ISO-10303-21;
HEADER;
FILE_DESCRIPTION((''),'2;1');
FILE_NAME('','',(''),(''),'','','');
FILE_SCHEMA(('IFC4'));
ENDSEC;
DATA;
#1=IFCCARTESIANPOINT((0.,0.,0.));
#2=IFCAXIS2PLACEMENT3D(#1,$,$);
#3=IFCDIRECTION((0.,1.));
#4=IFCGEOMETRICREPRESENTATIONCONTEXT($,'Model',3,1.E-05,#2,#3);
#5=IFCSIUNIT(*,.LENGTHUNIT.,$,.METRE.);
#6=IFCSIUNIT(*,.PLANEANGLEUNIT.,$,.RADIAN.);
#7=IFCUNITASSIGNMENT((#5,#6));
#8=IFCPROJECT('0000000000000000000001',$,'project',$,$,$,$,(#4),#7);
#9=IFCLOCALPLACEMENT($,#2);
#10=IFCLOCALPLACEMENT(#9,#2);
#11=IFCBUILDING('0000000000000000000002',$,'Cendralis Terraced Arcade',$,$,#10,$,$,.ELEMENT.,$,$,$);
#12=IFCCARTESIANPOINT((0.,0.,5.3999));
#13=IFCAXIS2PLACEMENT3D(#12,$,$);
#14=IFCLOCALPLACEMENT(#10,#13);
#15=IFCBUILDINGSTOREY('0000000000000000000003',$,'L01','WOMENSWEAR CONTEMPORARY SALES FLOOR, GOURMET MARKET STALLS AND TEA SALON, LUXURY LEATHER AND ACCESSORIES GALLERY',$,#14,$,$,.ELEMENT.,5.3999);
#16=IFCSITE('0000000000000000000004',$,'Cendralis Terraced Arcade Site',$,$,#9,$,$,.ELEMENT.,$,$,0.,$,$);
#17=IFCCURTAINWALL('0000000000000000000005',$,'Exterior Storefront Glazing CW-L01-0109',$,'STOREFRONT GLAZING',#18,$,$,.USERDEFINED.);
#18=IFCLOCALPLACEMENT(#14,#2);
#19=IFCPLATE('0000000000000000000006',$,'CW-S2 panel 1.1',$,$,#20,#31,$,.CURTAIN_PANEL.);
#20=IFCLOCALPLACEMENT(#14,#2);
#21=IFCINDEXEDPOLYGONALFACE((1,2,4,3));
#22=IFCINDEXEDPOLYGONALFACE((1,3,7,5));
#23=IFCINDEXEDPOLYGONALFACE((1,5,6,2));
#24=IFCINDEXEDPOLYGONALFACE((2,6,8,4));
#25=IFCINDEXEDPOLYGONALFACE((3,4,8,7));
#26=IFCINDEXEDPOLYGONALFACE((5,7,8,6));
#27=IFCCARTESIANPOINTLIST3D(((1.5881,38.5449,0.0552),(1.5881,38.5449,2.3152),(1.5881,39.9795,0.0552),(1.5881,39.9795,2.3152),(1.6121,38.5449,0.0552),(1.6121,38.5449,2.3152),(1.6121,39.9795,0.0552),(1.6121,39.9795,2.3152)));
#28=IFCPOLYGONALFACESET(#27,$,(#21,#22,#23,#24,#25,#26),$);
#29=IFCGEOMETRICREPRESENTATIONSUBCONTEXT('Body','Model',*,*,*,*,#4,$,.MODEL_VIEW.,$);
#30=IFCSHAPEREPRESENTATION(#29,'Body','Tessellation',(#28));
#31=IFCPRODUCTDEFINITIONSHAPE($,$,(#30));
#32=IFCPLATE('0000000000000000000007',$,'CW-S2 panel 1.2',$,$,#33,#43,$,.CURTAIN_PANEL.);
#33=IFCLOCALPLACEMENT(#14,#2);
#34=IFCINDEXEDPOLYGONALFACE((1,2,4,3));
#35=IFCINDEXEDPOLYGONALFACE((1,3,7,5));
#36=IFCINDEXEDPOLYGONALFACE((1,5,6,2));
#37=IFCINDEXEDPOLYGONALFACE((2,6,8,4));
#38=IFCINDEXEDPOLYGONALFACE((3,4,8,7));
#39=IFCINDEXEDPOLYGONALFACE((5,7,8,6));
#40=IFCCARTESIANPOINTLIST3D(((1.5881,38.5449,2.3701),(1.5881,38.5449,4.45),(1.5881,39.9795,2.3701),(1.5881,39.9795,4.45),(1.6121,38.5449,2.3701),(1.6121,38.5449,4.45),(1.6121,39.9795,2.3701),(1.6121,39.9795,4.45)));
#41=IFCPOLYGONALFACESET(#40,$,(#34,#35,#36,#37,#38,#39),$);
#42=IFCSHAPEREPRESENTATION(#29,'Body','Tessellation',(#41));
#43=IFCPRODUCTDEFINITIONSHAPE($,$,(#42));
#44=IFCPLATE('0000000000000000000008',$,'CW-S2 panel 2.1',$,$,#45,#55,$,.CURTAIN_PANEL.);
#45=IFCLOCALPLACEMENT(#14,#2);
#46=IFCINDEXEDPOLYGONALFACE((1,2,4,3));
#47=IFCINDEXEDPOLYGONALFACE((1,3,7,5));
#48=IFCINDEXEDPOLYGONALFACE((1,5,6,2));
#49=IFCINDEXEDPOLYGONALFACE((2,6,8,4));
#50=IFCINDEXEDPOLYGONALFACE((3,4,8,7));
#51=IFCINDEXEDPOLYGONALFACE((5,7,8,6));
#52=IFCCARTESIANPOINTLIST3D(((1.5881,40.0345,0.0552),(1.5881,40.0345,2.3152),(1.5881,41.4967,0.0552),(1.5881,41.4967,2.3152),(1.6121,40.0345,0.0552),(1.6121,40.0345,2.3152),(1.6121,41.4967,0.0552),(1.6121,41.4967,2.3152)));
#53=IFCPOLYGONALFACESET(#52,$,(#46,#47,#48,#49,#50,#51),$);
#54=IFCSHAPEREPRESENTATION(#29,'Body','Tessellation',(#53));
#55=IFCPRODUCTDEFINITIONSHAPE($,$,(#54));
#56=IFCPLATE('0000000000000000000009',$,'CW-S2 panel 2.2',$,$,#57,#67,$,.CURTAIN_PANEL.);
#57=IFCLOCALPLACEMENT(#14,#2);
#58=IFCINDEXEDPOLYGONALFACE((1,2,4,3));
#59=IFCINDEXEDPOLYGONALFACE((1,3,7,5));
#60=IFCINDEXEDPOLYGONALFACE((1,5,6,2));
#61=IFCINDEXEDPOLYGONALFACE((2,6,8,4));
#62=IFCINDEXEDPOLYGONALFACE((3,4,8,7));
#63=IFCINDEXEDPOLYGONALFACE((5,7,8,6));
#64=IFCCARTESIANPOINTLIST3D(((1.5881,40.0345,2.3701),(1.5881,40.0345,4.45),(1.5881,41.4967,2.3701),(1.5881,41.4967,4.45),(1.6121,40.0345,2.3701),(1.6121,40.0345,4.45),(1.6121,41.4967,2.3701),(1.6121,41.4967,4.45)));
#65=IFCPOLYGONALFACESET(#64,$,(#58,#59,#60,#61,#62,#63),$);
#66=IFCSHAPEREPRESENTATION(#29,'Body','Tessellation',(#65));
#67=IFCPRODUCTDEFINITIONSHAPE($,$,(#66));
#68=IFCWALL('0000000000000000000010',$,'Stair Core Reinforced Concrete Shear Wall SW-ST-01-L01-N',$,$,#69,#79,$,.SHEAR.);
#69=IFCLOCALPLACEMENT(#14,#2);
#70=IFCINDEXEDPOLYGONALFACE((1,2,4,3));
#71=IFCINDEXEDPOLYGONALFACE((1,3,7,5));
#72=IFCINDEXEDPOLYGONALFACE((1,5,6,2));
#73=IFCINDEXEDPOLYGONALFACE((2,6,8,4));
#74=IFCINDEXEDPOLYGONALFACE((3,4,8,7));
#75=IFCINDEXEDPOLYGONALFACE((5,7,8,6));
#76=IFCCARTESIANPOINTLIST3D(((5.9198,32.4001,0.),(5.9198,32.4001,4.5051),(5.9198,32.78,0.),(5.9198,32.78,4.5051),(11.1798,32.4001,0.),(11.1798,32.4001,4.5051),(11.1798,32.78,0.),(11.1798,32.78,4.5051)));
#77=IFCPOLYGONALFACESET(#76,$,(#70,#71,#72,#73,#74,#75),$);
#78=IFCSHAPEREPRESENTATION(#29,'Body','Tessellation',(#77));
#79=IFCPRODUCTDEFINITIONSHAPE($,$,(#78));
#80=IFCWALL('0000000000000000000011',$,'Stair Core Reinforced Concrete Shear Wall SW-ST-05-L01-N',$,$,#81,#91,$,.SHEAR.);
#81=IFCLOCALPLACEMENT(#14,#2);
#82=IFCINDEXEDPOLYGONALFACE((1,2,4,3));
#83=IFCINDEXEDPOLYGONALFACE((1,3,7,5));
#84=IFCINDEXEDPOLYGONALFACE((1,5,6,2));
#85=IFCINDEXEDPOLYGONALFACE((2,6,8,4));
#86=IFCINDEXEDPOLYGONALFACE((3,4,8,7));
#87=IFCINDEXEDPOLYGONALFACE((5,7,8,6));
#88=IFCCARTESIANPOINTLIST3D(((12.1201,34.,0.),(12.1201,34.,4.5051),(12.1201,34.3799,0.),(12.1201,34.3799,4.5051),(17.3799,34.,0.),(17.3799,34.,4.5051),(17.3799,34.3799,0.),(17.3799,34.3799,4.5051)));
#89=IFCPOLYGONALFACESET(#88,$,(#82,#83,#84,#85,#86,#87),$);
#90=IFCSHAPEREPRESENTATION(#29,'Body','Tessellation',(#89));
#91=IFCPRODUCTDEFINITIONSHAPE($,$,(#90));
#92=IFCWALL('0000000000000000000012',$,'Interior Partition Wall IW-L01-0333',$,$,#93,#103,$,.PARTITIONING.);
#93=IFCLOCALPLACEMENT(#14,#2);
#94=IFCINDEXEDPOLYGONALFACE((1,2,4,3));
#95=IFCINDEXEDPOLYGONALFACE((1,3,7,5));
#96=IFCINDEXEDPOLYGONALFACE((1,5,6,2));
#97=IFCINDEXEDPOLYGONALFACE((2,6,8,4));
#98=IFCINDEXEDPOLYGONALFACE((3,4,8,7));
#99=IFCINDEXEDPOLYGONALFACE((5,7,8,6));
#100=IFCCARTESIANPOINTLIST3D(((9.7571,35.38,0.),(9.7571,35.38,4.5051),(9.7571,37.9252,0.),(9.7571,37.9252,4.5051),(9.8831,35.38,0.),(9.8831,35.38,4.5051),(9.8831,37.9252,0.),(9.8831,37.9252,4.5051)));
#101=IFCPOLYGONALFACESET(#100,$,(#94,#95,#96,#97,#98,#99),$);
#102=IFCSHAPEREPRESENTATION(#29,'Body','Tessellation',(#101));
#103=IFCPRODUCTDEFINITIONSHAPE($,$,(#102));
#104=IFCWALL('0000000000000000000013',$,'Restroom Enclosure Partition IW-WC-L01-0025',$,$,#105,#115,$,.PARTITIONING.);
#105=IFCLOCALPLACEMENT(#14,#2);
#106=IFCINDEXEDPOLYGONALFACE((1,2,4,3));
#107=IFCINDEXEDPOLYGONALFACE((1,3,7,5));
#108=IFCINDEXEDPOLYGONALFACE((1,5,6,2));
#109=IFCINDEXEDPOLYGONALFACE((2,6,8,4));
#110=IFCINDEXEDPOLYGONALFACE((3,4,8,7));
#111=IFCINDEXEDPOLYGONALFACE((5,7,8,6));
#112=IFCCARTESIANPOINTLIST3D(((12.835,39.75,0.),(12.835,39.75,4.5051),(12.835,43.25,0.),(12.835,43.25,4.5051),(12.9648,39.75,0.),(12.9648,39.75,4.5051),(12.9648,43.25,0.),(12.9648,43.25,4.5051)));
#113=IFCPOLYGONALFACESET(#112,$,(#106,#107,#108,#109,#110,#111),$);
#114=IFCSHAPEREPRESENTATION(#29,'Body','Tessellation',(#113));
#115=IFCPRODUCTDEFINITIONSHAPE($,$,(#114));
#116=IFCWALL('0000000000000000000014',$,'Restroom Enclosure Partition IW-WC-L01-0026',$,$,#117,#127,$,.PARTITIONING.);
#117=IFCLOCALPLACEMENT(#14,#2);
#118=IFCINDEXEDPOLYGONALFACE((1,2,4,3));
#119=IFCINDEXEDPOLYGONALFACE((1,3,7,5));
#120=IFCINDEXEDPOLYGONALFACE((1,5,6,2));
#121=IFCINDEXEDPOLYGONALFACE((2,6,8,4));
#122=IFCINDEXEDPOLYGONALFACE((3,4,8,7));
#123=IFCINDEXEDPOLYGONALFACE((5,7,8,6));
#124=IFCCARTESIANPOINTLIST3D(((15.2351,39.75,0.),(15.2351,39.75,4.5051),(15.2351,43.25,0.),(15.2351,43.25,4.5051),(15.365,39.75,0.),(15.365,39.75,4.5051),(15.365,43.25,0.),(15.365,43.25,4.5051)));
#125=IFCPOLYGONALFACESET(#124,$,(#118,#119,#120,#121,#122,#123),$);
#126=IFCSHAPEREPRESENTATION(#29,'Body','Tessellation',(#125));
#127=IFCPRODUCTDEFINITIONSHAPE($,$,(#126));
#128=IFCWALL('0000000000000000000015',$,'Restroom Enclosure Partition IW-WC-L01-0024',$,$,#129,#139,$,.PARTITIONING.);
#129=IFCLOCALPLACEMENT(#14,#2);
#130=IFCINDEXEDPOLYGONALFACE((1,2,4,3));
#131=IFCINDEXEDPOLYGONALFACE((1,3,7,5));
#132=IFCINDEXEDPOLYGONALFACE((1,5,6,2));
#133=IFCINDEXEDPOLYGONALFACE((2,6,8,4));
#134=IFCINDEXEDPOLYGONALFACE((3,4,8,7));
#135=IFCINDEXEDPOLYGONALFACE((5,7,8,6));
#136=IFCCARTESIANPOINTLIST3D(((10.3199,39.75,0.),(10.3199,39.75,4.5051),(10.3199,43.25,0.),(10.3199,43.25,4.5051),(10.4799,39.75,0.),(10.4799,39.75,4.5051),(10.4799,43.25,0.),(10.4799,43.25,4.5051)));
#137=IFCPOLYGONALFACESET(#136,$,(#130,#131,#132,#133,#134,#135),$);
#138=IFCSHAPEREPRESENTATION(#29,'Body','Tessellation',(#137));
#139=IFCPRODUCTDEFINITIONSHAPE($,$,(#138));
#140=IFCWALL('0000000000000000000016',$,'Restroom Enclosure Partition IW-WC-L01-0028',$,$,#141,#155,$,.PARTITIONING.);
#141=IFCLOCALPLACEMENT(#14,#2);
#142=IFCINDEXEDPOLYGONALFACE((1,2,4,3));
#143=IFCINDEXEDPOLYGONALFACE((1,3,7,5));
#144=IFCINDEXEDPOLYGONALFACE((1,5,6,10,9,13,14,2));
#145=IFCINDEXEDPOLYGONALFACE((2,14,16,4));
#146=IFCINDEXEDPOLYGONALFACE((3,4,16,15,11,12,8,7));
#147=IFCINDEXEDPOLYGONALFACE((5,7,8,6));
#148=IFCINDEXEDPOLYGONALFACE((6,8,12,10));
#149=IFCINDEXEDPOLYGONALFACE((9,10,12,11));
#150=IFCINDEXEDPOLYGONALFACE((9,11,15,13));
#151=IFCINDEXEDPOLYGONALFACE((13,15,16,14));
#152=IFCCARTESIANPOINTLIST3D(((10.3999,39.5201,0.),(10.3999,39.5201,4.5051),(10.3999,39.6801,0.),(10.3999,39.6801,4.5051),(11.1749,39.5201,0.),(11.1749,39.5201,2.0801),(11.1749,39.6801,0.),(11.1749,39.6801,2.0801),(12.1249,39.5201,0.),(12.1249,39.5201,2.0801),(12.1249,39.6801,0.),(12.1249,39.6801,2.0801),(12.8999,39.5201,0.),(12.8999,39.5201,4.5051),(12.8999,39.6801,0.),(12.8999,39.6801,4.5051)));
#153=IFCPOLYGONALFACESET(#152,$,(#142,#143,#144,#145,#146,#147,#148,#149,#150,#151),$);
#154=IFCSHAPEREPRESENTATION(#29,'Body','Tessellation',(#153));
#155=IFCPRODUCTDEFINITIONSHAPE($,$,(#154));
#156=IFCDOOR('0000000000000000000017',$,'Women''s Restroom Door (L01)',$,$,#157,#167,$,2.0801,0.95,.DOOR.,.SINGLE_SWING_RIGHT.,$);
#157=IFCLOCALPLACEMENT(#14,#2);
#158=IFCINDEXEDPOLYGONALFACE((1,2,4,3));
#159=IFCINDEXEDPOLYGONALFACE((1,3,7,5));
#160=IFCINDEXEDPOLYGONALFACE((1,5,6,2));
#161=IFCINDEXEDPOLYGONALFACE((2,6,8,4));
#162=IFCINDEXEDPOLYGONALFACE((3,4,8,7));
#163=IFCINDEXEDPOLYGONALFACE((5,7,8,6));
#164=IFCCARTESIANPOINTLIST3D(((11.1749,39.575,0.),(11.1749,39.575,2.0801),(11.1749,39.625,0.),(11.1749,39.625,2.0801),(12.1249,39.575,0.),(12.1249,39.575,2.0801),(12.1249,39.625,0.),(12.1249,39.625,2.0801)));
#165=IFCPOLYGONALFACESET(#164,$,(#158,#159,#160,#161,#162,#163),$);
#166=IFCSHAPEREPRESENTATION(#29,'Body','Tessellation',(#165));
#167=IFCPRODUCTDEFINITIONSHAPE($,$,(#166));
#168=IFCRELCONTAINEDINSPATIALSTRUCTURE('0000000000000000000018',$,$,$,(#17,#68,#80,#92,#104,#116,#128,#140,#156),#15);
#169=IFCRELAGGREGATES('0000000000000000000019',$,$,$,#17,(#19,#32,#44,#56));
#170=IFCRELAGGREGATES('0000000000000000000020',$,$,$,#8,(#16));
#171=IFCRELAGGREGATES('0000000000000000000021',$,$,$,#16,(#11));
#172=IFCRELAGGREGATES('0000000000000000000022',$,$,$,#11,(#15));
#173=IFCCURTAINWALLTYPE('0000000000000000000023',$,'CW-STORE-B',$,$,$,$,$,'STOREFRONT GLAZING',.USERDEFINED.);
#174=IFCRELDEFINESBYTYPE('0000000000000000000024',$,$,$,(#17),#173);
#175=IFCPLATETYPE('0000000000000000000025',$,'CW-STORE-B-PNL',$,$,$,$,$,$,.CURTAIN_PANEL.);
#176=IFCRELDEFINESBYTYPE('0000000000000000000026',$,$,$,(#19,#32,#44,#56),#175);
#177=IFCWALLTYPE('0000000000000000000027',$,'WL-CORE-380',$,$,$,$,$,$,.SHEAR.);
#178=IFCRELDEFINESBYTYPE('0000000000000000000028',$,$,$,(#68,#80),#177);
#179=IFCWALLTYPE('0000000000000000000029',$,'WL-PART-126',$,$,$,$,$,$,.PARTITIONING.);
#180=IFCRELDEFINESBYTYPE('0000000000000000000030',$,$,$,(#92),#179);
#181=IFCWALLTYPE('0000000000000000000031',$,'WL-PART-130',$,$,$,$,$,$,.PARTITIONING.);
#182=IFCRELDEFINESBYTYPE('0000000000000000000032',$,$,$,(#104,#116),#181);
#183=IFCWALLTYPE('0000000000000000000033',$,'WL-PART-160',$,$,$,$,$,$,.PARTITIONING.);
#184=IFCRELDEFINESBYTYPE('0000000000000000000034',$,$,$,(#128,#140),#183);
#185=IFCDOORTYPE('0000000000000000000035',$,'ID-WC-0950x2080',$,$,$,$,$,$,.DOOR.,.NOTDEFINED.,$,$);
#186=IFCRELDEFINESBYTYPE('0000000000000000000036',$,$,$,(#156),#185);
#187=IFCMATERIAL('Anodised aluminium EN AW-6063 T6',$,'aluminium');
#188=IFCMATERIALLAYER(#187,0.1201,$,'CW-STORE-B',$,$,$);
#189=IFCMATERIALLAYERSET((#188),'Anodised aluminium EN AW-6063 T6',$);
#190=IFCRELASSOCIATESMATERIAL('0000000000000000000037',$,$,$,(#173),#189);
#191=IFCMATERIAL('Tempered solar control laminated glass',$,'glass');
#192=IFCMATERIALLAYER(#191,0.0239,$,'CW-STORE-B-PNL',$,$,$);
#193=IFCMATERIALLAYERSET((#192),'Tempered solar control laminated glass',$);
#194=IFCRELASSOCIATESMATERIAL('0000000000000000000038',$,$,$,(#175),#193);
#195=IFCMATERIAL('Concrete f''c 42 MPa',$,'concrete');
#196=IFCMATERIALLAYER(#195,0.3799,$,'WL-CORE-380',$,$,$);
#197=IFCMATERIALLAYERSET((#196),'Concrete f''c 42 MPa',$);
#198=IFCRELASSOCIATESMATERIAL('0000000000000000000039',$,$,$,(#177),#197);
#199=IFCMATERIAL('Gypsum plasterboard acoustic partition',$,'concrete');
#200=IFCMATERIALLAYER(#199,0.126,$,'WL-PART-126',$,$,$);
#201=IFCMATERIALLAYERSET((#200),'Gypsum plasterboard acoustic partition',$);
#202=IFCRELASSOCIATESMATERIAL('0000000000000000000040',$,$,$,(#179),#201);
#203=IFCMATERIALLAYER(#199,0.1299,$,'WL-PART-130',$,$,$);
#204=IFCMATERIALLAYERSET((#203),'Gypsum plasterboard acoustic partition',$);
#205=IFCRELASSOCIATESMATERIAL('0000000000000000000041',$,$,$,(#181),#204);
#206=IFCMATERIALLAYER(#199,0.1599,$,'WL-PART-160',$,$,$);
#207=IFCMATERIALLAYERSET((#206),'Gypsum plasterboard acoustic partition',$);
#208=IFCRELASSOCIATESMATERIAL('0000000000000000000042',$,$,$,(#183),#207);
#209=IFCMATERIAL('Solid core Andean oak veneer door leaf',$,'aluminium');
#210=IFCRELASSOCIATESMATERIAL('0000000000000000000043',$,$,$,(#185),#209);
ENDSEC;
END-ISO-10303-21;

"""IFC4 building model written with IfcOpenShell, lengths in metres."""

from ifc_helpers import new_model, si_unit, direction, frame, frame_2d, origin, origin_2d, place, context, subcontext, project, spatial, rectangle, extrude, material, layer, layer_set, type_object, element, fill, aggregate, save


model = new_model("IFC4")

# Units and contexts
model_context = context("Model", 3, precision=1e-05, world=origin(), true_north=direction((0.0, 1.0)))
body_context = subcontext(model_context, "Body", "Model", "MODEL_VIEW")
ifc_project = project(units=[si_unit("LENGTHUNIT", "METRE"), si_unit("PLANEANGLEUNIT", "RADIAN")], contexts=[model_context])

# Site, building, storey
site_placement = place(None, origin())
site = spatial("IfcSite", under=ifc_project, at=site_placement, Name="Cendralis Terraced Arcade Site", CompositionType="ELEMENT", RefElevation=0.0)
building_placement = place(site_placement, origin())
building = spatial("IfcBuilding", under=site, at=building_placement, Name="Cendralis Terraced Arcade", CompositionType="ELEMENT")
storey_placement = place(building_placement, frame((0.0, 0.0, 5.3999)))
storey = spatial("IfcBuildingStorey", under=building, at=storey_placement, Name="L01", Description="WOMENSWEAR CONTEMPORARY SALES FLOOR, GOURMET MARKET STALLS AND TEA SALON, LUXURY LEATHER AND ACCESSORIES GALLERY", CompositionType="ELEMENT", Elevation=5.3999)

# Shared definitions
ifc_material_1 = material(Name="Concrete f'c 42 MPa", Category="concrete")

# Curtain wall, plates
ifc_material_2 = material(Name="Anodised aluminium EN AW-6063 T6", Category="aluminium")
ifc_layer_1 = layer(ifc_material_2, 0.1201, Name="CW-STORE-B")
ifc_layer_set_1 = layer_set([ifc_layer_1], Name="Anodised aluminium EN AW-6063 T6")
curtain_wall_type = type_object("IfcCurtainWallType", Name="CW-STORE-B", ElementType="STOREFRONT GLAZING", PredefinedType="USERDEFINED", material=ifc_layer_set_1)
curtain_wall_placement = place(storey_placement, origin())
curtain_wall = element("IfcCurtainWall", 1, at=curtain_wall_placement, inside=storey, type_object=curtain_wall_type, Name="Exterior Storefront Glazing CW-L01-0109", ObjectType="STOREFRONT GLAZING", PredefinedType="USERDEFINED")
ifc_material_3 = material(Name="Tempered solar control laminated glass", Category="glass")
ifc_layer_2 = layer(ifc_material_3, 0.0239, Name="CW-STORE-B-PNL")
ifc_layer_set_2 = layer_set([ifc_layer_2], Name="Tempered solar control laminated glass")
plate_type = type_object("IfcPlateType", Name="CW-STORE-B-PNL", PredefinedType="CURTAIN_PANEL", material=ifc_layer_set_2)
plate_1_placement = place(storey_placement, frame((1.6001, 39.2622, 0.0552), z_axis=(0.0, 0.0, 1.0), x_axis=(0.0, 1.0, 0.0)))
plate_1 = element("IfcPlate", 2, at=plate_1_placement, type_object=plate_type, Name="CW-S2 panel 1.1", PredefinedType="CURTAIN_PANEL", context=body_context, shape_type="SweptSolid", body=[
    extrude(rectangle(XDim=1.4346, YDim=0.0239, at=origin_2d()), origin(), (0.0, 0.0, 1.0), 2.26),
])
plate_2_placement = place(storey_placement, frame((1.6001, 39.2622, 2.3701), z_axis=(0.0, 0.0, 1.0), x_axis=(0.0, 1.0, 0.0)))
plate_2 = element("IfcPlate", 3, at=plate_2_placement, type_object=plate_type, Name="CW-S2 panel 1.2", PredefinedType="CURTAIN_PANEL", context=body_context, shape_type="SweptSolid", body=[
    extrude(rectangle(XDim=1.4346, YDim=0.0239, at=origin_2d()), origin(), (0.0, 0.0, 1.0), 2.0798),
])
plate_3_placement = place(storey_placement, frame((1.6001, 40.7656, 0.0552), z_axis=(0.0, 0.0, 1.0), x_axis=(0.0, 1.0, 0.0)))
plate_3 = element("IfcPlate", 4, at=plate_3_placement, type_object=plate_type, Name="CW-S2 panel 2.1", PredefinedType="CURTAIN_PANEL", context=body_context, shape_type="SweptSolid", body=[
    extrude(rectangle(XDim=1.4622, YDim=0.0239, at=origin_2d()), origin(), (0.0, 0.0, 1.0), 2.26),
])
plate_4_placement = place(storey_placement, frame((1.6001, 40.7656, 2.3701), z_axis=(0.0, 0.0, 1.0), x_axis=(0.0, 1.0, 0.0)))
plate_4 = element("IfcPlate", 5, at=plate_4_placement, type_object=plate_type, Name="CW-S2 panel 2.2", PredefinedType="CURTAIN_PANEL", context=body_context, shape_type="SweptSolid", body=[
    extrude(rectangle(XDim=1.4622, YDim=0.0239, at=origin_2d()), origin(), (0.0, 0.0, 1.0), 2.0798),
])
aggregate(curtain_wall, [plate_1, plate_2, plate_3, plate_4])

# Walls
ifc_layer_3 = layer(ifc_material_1, 0.3799, Name="WL-CORE-380")
ifc_layer_set_3 = layer_set([ifc_layer_3], Name="Concrete f'c 42 MPa")
wall_type_1 = type_object("IfcWallType", Name="WL-CORE-380", PredefinedType="SHEAR", material=ifc_layer_set_3)
wall_1_placement = place(storey_placement, frame((5.9199, 32.5901, 0.0), z_axis=(0.0, 0.0, 1.0), x_axis=(1.0, 0.0, 0.0)))
element("IfcWall", 6, at=wall_1_placement, inside=storey, type_object=wall_type_1, Name="Stair Core Reinforced Concrete Shear Wall SW-ST-01-L01-N", PredefinedType="SHEAR", context=body_context, shape_type="SweptSolid", body=[
    extrude(rectangle(XDim=5.26, YDim=0.3799, at=frame_2d((2.6299, 0.0))), origin(), (0.0, 0.0, 1.0), 4.5051),
])
wall_2_placement = place(storey_placement, frame((12.1201, 34.1899, 0.0), z_axis=(0.0, 0.0, 1.0), x_axis=(1.0, 0.0, 0.0)))
element("IfcWall", 7, at=wall_2_placement, inside=storey, type_object=wall_type_1, Name="Stair Core Reinforced Concrete Shear Wall SW-ST-05-L01-N", PredefinedType="SHEAR", context=body_context, shape_type="SweptSolid", body=[
    extrude(rectangle(XDim=5.2598, YDim=0.3799, at=frame_2d((2.6299, 0.0))), origin(), (0.0, 0.0, 1.0), 4.5051),
])
ifc_material_4 = material(Name="Gypsum plasterboard acoustic partition", Category="concrete")
ifc_layer_4 = layer(ifc_material_4, 0.126, Name="WL-PART-126")
ifc_layer_set_4 = layer_set([ifc_layer_4], Name="Gypsum plasterboard acoustic partition")
wall_type_2 = type_object("IfcWallType", Name="WL-PART-126", PredefinedType="PARTITIONING", material=ifc_layer_set_4)
wall_3_placement = place(storey_placement, frame((9.8201, 37.925, 0.0), z_axis=(0.0, 0.0, 1.0), x_axis=(0.0, -1.0, 0.0)))
element("IfcWall", 8, at=wall_3_placement, inside=storey, type_object=wall_type_2, Name="Interior Partition Wall IW-L01-0333", PredefinedType="PARTITIONING", context=body_context, shape_type="SweptSolid", body=[
    extrude(rectangle(XDim=2.5452, YDim=0.126, at=frame_2d((1.2725, 0.0))), origin(), (0.0, 0.0, 1.0), 4.5051),
])
ifc_layer_5 = layer(ifc_material_4, 0.1299, Name="WL-PART-130")
ifc_layer_set_5 = layer_set([ifc_layer_5], Name="Gypsum plasterboard acoustic partition")
wall_type_3 = type_object("IfcWallType", Name="WL-PART-130", PredefinedType="PARTITIONING", material=ifc_layer_set_5)
for number, where, z_axis, x_axis, name in (
    (9, (12.8999, 39.75, 0.0), (0.0, 0.0, 1.0), (0.0, 1.0, 0.0), "Restroom Enclosure Partition IW-WC-L01-0025"),
    (10, (15.3, 39.75, 0.0), (0.0, 0.0, 1.0), (0.0, 1.0, 0.0), "Restroom Enclosure Partition IW-WC-L01-0026"),
):
    element("IfcWall", number, at=place(storey_placement, frame(where, z_axis=z_axis, x_axis=x_axis)), inside=storey, type_object=wall_type_3, Name=name, PredefinedType="PARTITIONING", context=body_context, shape_type="SweptSolid", body=[
        extrude(rectangle(XDim=3.5, YDim=0.1299, at=frame_2d((1.75, 0.0))), origin(), (0.0, 0.0, 1.0), 4.5051),
    ])
ifc_layer_6 = layer(ifc_material_4, 0.1599, Name="WL-PART-160")
ifc_layer_set_6 = layer_set([ifc_layer_6], Name="Gypsum plasterboard acoustic partition")
wall_type_4 = type_object("IfcWallType", Name="WL-PART-160", PredefinedType="PARTITIONING", material=ifc_layer_set_6)
wall_4_placement = place(storey_placement, frame((10.3999, 39.75, 0.0), z_axis=(0.0, 0.0, 1.0), x_axis=(0.0, 1.0, 0.0)))
element("IfcWall", 11, at=wall_4_placement, inside=storey, type_object=wall_type_4, Name="Restroom Enclosure Partition IW-WC-L01-0024", PredefinedType="PARTITIONING", context=body_context, shape_type="SweptSolid", body=[
    extrude(rectangle(XDim=3.5, YDim=0.1599, at=frame_2d((1.75, 0.0))), origin(), (0.0, 0.0, 1.0), 4.5051),
])

# Wall, opening, door
wall_5_placement = place(storey_placement, frame((10.3999, 39.6001, 0.0), z_axis=(0.0, 0.0, 1.0), x_axis=(1.0, 0.0, 0.0)))
wall_5 = element("IfcWall", 12, at=wall_5_placement, inside=storey, type_object=wall_type_4, Name="Restroom Enclosure Partition IW-WC-L01-0028", PredefinedType="PARTITIONING", context=body_context, shape_type="SweptSolid", body=[
    extrude(rectangle(XDim=2.5, YDim=0.1599, at=frame_2d((1.25, 0.0))), origin(), (0.0, 0.0, 1.0), 4.5051),
])
opening_1_placement = place(wall_5_placement, frame((0.7749, 0.0, 0.0)))
opening_1 = element("IfcOpeningElement", 13, at=opening_1_placement, cuts=wall_5, PredefinedType="OPENING", context=body_context, shape_type="SweptSolid", body=[
    extrude(rectangle(XDim=0.95, YDim=2.0801, at=frame_2d((0.4751, 1.04))), frame((0.0, 0.0918, 0.0), z_axis=(0.0, -1.0, 0.0), x_axis=(1.0, 0.0, 0.0)), (0.0, 0.0, 1.0), 0.1838),
])
ifc_material_5 = material(Name="Solid core Andean oak veneer door leaf", Category="aluminium")
door_type_1 = type_object("IfcDoorType", Name="ID-WC-0950x2080", OperationType="NOTDEFINED", PredefinedType="DOOR", material=ifc_material_5)
door_1_placement = place(opening_1_placement, origin())
door_1 = element("IfcDoor", 14, at=door_1_placement, inside=storey, type_object=door_type_1, Name="Women's Restroom Door (L01)", OperationType="SINGLE_SWING_RIGHT", OverallHeight=2.0801, OverallWidth=0.95, PredefinedType="DOOR", context=body_context, shape_type="SweptSolid", body=[
    extrude(rectangle(XDim=0.95, YDim=2.0801, at=frame_2d((0.4751, 1.04))), frame((0.0, 0.0249, 0.0), z_axis=(0.0, -1.0, 0.0), x_axis=(1.0, 0.0, 0.0)), (0.0, 0.0, 1.0), 0.05),
])
fill(opening_1, door_1)

save(model, "model.ifc")
